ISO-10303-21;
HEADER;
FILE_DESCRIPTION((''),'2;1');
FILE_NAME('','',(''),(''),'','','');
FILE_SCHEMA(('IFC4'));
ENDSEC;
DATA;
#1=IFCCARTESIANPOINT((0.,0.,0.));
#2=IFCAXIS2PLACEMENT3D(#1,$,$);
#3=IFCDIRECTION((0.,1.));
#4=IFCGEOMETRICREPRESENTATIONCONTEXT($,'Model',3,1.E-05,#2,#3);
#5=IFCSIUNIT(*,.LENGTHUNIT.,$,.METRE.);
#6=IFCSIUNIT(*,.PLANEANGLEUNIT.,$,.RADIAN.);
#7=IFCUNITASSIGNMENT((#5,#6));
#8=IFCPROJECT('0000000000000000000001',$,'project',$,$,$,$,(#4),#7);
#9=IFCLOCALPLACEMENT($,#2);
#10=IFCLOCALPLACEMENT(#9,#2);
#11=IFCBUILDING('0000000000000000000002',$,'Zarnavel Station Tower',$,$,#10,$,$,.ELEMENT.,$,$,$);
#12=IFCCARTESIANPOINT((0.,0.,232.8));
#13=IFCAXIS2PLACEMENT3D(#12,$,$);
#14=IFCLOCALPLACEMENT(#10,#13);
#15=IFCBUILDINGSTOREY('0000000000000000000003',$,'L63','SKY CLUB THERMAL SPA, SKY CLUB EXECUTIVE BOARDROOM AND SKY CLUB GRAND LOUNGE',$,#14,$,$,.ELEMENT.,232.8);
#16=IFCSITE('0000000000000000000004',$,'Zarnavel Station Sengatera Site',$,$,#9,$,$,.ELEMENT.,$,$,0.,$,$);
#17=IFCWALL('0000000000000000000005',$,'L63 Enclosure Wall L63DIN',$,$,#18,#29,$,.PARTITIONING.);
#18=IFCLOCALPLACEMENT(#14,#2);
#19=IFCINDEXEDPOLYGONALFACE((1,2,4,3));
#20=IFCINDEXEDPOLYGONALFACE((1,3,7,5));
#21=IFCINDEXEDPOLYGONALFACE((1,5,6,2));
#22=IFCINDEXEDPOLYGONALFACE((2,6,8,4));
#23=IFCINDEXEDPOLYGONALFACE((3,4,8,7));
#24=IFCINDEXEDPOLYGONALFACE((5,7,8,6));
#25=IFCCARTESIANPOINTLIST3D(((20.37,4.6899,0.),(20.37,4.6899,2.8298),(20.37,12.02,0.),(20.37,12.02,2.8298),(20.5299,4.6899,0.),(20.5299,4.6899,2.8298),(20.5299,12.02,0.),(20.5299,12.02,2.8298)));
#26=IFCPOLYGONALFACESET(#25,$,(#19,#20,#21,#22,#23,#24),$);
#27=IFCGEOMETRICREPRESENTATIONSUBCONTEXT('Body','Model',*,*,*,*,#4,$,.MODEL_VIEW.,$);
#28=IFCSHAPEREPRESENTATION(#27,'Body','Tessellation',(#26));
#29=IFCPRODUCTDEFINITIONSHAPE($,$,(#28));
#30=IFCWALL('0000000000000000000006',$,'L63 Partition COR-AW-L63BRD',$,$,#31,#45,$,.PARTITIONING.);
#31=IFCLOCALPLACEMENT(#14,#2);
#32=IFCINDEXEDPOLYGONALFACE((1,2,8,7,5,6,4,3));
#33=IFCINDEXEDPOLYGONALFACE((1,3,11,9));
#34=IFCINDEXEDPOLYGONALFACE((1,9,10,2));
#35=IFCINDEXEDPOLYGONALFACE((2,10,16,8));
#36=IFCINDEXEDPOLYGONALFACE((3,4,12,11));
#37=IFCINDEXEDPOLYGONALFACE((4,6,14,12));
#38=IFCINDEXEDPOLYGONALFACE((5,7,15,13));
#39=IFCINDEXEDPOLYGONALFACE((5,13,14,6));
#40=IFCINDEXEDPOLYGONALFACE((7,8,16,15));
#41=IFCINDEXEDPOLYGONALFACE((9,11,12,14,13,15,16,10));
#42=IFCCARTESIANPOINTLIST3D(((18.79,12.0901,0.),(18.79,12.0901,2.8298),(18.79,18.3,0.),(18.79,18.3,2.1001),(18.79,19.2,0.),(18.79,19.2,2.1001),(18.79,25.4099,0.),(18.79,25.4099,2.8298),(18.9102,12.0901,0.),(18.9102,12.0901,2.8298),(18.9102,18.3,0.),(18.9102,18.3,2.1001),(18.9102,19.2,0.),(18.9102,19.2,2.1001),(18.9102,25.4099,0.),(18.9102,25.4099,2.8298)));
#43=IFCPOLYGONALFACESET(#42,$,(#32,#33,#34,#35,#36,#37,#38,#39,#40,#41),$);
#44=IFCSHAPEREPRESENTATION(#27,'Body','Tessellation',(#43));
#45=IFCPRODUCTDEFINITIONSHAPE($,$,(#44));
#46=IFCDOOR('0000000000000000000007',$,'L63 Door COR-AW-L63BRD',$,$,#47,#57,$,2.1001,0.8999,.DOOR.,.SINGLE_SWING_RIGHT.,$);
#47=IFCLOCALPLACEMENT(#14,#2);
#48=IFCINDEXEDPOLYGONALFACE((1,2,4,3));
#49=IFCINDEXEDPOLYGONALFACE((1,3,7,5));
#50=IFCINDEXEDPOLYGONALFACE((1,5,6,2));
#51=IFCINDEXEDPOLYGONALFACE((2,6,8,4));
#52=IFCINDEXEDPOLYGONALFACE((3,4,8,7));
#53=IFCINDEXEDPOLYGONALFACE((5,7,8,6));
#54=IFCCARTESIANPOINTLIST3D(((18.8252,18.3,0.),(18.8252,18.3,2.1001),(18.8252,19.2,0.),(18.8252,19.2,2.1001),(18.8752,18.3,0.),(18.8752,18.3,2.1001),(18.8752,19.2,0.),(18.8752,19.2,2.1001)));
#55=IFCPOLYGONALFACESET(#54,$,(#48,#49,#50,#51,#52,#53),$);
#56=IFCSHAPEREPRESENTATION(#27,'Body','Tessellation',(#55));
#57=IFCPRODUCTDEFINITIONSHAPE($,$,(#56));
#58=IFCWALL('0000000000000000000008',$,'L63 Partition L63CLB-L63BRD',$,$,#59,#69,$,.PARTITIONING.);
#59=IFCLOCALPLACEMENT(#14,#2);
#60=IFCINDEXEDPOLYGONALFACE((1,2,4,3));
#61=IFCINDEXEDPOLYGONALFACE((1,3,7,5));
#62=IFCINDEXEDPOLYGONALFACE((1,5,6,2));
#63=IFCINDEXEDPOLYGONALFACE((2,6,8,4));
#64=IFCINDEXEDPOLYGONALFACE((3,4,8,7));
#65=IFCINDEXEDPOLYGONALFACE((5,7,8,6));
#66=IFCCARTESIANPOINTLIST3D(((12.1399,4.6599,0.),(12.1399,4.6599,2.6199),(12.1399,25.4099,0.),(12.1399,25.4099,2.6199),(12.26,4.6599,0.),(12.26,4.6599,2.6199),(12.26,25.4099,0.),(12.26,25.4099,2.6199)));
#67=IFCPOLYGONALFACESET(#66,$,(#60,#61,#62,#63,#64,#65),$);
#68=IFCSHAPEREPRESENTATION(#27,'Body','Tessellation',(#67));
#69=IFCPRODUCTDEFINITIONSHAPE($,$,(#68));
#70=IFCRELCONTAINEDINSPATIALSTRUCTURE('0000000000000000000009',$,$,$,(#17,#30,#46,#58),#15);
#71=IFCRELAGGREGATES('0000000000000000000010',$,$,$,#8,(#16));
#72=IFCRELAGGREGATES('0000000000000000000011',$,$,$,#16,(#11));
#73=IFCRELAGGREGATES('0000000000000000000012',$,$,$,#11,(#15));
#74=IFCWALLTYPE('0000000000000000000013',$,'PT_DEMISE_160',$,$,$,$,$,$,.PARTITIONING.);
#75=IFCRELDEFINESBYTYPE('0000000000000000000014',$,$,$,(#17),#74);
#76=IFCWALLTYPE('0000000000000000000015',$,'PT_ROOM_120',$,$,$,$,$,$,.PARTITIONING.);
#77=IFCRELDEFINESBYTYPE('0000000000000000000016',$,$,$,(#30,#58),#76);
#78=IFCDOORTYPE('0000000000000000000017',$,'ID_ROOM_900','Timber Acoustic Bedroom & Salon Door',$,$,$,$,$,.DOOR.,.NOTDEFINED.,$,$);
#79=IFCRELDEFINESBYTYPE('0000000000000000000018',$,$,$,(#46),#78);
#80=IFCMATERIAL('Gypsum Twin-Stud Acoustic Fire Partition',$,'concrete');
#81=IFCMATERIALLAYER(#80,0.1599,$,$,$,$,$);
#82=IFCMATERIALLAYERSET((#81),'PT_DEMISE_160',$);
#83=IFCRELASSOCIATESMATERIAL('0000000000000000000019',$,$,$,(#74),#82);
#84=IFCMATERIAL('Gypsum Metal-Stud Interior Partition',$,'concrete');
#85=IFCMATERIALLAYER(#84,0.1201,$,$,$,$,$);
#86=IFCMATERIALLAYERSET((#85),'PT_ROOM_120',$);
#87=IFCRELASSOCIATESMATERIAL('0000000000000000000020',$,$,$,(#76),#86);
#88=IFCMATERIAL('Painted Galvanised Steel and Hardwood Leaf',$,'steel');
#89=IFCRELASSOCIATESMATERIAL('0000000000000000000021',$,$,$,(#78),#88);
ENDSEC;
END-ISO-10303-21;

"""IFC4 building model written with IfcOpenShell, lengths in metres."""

from ifc_helpers import new_model, si_unit, direction, frame, frame_2d, origin, place, context, subcontext, project, spatial, rectangle, extrude, material, layer, layer_set, type_object, element, fill, save


model = new_model("IFC4")

# Units and contexts
model_context = context("Model", 3, precision=1e-05, world=origin(), true_north=direction((0.0, 1.0)))
body_context = subcontext(model_context, "Body", "Model", "MODEL_VIEW")
ifc_project = project(units=[si_unit("LENGTHUNIT", "METRE"), si_unit("PLANEANGLEUNIT", "RADIAN")], contexts=[model_context])

# Site, building, storey
site_placement = place(None, origin())
site = spatial("IfcSite", under=ifc_project, at=site_placement, Name="Zarnavel Station Sengatera Site", CompositionType="ELEMENT", RefElevation=0.0)
building_placement = place(site_placement, origin())
building = spatial("IfcBuilding", under=site, at=building_placement, Name="Zarnavel Station Tower", CompositionType="ELEMENT")
storey_placement = place(building_placement, frame((0.0, 0.0, 232.8)))
storey = spatial("IfcBuildingStorey", under=building, at=storey_placement, Name="L63", Description="SKY CLUB THERMAL SPA, SKY CLUB EXECUTIVE BOARDROOM AND SKY CLUB GRAND LOUNGE", CompositionType="ELEMENT", Elevation=232.8)

# Wall
ifc_material_1 = material(Name="Gypsum Twin-Stud Acoustic Fire Partition", Category="concrete")
ifc_layer_1 = layer(ifc_material_1, 0.1599)
ifc_layer_set_1 = layer_set([ifc_layer_1], Name="PT_DEMISE_160")
wall_type_1 = type_object("IfcWallType", Name="PT_DEMISE_160", PredefinedType="PARTITIONING", material=ifc_layer_set_1)
for number, where, z_axis, x_axis, name in (
    (1, (20.45, 4.6899, 0.0), (0.0, 0.0, 1.0), (0.0, 1.0, 0.0), "L63 Enclosure Wall L63DIN"),
):
    element("IfcWall", number, at=place(storey_placement, frame(where, z_axis=z_axis, x_axis=x_axis)), inside=storey, type_object=wall_type_1, Name=name, PredefinedType="PARTITIONING", context=body_context, shape_type="SweptSolid", body=[
        extrude(rectangle(XDim=7.3301, YDim=0.1599, at=frame_2d((3.665, 0.0))), origin(), (0.0, 0.0, 1.0), 2.8298),
    ])

# Wall, opening, door
ifc_material_2 = material(Name="Gypsum Metal-Stud Interior Partition", Category="concrete")
ifc_layer_2 = layer(ifc_material_2, 0.1201)
ifc_layer_set_2 = layer_set([ifc_layer_2], Name="PT_ROOM_120")
wall_type_2 = type_object("IfcWallType", Name="PT_ROOM_120", PredefinedType="PARTITIONING", material=ifc_layer_set_2)
wall_1_placement = place(storey_placement, frame((18.8501, 12.0901, 0.0), z_axis=(0.0, 0.0, 1.0), x_axis=(0.0, 1.0, 0.0)))
wall_1 = element("IfcWall", 2, at=wall_1_placement, inside=storey, type_object=wall_type_2, Name="L63 Partition COR-AW-L63BRD", PredefinedType="PARTITIONING", context=body_context, shape_type="SweptSolid", body=[
    extrude(rectangle(XDim=13.3198, YDim=0.1201, at=frame_2d((6.6599, 0.0))), origin(), (0.0, 0.0, 1.0), 2.8298),
])
opening_placement = place(wall_1_placement, frame((6.21, 0.0, 0.0)))
opening = element("IfcOpeningElement", 3, at=opening_placement, cuts=wall_1, PredefinedType="OPENING", context=body_context, shape_type="SweptSolid", body=[
    extrude(rectangle(XDim=0.8999, YDim=2.1001, at=frame_2d((0.45, 1.05))), frame((0.0, 0.0701, 0.0), z_axis=(0.0, -1.0, 0.0), x_axis=(1.0, 0.0, 0.0)), (0.0, 0.0, 1.0), 0.1401),
])
ifc_material_3 = material(Name="Painted Galvanised Steel and Hardwood Leaf", Category="steel")
door_type = type_object("IfcDoorType", Name="ID_ROOM_900", Description="Timber Acoustic Bedroom & Salon Door", OperationType="NOTDEFINED", PredefinedType="DOOR", material=ifc_material_3)
door_placement = place(opening_placement, origin())
door = element("IfcDoor", 4, at=door_placement, inside=storey, type_object=door_type, Name="L63 Door COR-AW-L63BRD", OperationType="SINGLE_SWING_RIGHT", OverallHeight=2.1001, OverallWidth=0.8999, PredefinedType="DOOR", context=body_context, shape_type="SweptSolid", body=[
    extrude(rectangle(XDim=0.8999, YDim=2.1001, at=frame_2d((0.45, 1.05))), frame((0.0, 0.0249, 0.0), z_axis=(0.0, -1.0, 0.0), x_axis=(1.0, 0.0, 0.0)), (0.0, 0.0, 1.0), 0.05),
])
fill(opening, door)

# Wall
wall_2_placement = place(storey_placement, frame((12.2, 4.6599, 0.0), z_axis=(0.0, 0.0, 1.0), x_axis=(0.0, 1.0, 0.0)))
element("IfcWall", 5, at=wall_2_placement, inside=storey, type_object=wall_type_2, Name="L63 Partition L63CLB-L63BRD", PredefinedType="PARTITIONING", context=body_context, shape_type="SweptSolid", body=[
    extrude(rectangle(XDim=20.75, YDim=0.1201, at=frame_2d((10.375, 0.0))), origin(), (0.0, 0.0, 1.0), 2.6199),
])

save(model, "model.ifc")
